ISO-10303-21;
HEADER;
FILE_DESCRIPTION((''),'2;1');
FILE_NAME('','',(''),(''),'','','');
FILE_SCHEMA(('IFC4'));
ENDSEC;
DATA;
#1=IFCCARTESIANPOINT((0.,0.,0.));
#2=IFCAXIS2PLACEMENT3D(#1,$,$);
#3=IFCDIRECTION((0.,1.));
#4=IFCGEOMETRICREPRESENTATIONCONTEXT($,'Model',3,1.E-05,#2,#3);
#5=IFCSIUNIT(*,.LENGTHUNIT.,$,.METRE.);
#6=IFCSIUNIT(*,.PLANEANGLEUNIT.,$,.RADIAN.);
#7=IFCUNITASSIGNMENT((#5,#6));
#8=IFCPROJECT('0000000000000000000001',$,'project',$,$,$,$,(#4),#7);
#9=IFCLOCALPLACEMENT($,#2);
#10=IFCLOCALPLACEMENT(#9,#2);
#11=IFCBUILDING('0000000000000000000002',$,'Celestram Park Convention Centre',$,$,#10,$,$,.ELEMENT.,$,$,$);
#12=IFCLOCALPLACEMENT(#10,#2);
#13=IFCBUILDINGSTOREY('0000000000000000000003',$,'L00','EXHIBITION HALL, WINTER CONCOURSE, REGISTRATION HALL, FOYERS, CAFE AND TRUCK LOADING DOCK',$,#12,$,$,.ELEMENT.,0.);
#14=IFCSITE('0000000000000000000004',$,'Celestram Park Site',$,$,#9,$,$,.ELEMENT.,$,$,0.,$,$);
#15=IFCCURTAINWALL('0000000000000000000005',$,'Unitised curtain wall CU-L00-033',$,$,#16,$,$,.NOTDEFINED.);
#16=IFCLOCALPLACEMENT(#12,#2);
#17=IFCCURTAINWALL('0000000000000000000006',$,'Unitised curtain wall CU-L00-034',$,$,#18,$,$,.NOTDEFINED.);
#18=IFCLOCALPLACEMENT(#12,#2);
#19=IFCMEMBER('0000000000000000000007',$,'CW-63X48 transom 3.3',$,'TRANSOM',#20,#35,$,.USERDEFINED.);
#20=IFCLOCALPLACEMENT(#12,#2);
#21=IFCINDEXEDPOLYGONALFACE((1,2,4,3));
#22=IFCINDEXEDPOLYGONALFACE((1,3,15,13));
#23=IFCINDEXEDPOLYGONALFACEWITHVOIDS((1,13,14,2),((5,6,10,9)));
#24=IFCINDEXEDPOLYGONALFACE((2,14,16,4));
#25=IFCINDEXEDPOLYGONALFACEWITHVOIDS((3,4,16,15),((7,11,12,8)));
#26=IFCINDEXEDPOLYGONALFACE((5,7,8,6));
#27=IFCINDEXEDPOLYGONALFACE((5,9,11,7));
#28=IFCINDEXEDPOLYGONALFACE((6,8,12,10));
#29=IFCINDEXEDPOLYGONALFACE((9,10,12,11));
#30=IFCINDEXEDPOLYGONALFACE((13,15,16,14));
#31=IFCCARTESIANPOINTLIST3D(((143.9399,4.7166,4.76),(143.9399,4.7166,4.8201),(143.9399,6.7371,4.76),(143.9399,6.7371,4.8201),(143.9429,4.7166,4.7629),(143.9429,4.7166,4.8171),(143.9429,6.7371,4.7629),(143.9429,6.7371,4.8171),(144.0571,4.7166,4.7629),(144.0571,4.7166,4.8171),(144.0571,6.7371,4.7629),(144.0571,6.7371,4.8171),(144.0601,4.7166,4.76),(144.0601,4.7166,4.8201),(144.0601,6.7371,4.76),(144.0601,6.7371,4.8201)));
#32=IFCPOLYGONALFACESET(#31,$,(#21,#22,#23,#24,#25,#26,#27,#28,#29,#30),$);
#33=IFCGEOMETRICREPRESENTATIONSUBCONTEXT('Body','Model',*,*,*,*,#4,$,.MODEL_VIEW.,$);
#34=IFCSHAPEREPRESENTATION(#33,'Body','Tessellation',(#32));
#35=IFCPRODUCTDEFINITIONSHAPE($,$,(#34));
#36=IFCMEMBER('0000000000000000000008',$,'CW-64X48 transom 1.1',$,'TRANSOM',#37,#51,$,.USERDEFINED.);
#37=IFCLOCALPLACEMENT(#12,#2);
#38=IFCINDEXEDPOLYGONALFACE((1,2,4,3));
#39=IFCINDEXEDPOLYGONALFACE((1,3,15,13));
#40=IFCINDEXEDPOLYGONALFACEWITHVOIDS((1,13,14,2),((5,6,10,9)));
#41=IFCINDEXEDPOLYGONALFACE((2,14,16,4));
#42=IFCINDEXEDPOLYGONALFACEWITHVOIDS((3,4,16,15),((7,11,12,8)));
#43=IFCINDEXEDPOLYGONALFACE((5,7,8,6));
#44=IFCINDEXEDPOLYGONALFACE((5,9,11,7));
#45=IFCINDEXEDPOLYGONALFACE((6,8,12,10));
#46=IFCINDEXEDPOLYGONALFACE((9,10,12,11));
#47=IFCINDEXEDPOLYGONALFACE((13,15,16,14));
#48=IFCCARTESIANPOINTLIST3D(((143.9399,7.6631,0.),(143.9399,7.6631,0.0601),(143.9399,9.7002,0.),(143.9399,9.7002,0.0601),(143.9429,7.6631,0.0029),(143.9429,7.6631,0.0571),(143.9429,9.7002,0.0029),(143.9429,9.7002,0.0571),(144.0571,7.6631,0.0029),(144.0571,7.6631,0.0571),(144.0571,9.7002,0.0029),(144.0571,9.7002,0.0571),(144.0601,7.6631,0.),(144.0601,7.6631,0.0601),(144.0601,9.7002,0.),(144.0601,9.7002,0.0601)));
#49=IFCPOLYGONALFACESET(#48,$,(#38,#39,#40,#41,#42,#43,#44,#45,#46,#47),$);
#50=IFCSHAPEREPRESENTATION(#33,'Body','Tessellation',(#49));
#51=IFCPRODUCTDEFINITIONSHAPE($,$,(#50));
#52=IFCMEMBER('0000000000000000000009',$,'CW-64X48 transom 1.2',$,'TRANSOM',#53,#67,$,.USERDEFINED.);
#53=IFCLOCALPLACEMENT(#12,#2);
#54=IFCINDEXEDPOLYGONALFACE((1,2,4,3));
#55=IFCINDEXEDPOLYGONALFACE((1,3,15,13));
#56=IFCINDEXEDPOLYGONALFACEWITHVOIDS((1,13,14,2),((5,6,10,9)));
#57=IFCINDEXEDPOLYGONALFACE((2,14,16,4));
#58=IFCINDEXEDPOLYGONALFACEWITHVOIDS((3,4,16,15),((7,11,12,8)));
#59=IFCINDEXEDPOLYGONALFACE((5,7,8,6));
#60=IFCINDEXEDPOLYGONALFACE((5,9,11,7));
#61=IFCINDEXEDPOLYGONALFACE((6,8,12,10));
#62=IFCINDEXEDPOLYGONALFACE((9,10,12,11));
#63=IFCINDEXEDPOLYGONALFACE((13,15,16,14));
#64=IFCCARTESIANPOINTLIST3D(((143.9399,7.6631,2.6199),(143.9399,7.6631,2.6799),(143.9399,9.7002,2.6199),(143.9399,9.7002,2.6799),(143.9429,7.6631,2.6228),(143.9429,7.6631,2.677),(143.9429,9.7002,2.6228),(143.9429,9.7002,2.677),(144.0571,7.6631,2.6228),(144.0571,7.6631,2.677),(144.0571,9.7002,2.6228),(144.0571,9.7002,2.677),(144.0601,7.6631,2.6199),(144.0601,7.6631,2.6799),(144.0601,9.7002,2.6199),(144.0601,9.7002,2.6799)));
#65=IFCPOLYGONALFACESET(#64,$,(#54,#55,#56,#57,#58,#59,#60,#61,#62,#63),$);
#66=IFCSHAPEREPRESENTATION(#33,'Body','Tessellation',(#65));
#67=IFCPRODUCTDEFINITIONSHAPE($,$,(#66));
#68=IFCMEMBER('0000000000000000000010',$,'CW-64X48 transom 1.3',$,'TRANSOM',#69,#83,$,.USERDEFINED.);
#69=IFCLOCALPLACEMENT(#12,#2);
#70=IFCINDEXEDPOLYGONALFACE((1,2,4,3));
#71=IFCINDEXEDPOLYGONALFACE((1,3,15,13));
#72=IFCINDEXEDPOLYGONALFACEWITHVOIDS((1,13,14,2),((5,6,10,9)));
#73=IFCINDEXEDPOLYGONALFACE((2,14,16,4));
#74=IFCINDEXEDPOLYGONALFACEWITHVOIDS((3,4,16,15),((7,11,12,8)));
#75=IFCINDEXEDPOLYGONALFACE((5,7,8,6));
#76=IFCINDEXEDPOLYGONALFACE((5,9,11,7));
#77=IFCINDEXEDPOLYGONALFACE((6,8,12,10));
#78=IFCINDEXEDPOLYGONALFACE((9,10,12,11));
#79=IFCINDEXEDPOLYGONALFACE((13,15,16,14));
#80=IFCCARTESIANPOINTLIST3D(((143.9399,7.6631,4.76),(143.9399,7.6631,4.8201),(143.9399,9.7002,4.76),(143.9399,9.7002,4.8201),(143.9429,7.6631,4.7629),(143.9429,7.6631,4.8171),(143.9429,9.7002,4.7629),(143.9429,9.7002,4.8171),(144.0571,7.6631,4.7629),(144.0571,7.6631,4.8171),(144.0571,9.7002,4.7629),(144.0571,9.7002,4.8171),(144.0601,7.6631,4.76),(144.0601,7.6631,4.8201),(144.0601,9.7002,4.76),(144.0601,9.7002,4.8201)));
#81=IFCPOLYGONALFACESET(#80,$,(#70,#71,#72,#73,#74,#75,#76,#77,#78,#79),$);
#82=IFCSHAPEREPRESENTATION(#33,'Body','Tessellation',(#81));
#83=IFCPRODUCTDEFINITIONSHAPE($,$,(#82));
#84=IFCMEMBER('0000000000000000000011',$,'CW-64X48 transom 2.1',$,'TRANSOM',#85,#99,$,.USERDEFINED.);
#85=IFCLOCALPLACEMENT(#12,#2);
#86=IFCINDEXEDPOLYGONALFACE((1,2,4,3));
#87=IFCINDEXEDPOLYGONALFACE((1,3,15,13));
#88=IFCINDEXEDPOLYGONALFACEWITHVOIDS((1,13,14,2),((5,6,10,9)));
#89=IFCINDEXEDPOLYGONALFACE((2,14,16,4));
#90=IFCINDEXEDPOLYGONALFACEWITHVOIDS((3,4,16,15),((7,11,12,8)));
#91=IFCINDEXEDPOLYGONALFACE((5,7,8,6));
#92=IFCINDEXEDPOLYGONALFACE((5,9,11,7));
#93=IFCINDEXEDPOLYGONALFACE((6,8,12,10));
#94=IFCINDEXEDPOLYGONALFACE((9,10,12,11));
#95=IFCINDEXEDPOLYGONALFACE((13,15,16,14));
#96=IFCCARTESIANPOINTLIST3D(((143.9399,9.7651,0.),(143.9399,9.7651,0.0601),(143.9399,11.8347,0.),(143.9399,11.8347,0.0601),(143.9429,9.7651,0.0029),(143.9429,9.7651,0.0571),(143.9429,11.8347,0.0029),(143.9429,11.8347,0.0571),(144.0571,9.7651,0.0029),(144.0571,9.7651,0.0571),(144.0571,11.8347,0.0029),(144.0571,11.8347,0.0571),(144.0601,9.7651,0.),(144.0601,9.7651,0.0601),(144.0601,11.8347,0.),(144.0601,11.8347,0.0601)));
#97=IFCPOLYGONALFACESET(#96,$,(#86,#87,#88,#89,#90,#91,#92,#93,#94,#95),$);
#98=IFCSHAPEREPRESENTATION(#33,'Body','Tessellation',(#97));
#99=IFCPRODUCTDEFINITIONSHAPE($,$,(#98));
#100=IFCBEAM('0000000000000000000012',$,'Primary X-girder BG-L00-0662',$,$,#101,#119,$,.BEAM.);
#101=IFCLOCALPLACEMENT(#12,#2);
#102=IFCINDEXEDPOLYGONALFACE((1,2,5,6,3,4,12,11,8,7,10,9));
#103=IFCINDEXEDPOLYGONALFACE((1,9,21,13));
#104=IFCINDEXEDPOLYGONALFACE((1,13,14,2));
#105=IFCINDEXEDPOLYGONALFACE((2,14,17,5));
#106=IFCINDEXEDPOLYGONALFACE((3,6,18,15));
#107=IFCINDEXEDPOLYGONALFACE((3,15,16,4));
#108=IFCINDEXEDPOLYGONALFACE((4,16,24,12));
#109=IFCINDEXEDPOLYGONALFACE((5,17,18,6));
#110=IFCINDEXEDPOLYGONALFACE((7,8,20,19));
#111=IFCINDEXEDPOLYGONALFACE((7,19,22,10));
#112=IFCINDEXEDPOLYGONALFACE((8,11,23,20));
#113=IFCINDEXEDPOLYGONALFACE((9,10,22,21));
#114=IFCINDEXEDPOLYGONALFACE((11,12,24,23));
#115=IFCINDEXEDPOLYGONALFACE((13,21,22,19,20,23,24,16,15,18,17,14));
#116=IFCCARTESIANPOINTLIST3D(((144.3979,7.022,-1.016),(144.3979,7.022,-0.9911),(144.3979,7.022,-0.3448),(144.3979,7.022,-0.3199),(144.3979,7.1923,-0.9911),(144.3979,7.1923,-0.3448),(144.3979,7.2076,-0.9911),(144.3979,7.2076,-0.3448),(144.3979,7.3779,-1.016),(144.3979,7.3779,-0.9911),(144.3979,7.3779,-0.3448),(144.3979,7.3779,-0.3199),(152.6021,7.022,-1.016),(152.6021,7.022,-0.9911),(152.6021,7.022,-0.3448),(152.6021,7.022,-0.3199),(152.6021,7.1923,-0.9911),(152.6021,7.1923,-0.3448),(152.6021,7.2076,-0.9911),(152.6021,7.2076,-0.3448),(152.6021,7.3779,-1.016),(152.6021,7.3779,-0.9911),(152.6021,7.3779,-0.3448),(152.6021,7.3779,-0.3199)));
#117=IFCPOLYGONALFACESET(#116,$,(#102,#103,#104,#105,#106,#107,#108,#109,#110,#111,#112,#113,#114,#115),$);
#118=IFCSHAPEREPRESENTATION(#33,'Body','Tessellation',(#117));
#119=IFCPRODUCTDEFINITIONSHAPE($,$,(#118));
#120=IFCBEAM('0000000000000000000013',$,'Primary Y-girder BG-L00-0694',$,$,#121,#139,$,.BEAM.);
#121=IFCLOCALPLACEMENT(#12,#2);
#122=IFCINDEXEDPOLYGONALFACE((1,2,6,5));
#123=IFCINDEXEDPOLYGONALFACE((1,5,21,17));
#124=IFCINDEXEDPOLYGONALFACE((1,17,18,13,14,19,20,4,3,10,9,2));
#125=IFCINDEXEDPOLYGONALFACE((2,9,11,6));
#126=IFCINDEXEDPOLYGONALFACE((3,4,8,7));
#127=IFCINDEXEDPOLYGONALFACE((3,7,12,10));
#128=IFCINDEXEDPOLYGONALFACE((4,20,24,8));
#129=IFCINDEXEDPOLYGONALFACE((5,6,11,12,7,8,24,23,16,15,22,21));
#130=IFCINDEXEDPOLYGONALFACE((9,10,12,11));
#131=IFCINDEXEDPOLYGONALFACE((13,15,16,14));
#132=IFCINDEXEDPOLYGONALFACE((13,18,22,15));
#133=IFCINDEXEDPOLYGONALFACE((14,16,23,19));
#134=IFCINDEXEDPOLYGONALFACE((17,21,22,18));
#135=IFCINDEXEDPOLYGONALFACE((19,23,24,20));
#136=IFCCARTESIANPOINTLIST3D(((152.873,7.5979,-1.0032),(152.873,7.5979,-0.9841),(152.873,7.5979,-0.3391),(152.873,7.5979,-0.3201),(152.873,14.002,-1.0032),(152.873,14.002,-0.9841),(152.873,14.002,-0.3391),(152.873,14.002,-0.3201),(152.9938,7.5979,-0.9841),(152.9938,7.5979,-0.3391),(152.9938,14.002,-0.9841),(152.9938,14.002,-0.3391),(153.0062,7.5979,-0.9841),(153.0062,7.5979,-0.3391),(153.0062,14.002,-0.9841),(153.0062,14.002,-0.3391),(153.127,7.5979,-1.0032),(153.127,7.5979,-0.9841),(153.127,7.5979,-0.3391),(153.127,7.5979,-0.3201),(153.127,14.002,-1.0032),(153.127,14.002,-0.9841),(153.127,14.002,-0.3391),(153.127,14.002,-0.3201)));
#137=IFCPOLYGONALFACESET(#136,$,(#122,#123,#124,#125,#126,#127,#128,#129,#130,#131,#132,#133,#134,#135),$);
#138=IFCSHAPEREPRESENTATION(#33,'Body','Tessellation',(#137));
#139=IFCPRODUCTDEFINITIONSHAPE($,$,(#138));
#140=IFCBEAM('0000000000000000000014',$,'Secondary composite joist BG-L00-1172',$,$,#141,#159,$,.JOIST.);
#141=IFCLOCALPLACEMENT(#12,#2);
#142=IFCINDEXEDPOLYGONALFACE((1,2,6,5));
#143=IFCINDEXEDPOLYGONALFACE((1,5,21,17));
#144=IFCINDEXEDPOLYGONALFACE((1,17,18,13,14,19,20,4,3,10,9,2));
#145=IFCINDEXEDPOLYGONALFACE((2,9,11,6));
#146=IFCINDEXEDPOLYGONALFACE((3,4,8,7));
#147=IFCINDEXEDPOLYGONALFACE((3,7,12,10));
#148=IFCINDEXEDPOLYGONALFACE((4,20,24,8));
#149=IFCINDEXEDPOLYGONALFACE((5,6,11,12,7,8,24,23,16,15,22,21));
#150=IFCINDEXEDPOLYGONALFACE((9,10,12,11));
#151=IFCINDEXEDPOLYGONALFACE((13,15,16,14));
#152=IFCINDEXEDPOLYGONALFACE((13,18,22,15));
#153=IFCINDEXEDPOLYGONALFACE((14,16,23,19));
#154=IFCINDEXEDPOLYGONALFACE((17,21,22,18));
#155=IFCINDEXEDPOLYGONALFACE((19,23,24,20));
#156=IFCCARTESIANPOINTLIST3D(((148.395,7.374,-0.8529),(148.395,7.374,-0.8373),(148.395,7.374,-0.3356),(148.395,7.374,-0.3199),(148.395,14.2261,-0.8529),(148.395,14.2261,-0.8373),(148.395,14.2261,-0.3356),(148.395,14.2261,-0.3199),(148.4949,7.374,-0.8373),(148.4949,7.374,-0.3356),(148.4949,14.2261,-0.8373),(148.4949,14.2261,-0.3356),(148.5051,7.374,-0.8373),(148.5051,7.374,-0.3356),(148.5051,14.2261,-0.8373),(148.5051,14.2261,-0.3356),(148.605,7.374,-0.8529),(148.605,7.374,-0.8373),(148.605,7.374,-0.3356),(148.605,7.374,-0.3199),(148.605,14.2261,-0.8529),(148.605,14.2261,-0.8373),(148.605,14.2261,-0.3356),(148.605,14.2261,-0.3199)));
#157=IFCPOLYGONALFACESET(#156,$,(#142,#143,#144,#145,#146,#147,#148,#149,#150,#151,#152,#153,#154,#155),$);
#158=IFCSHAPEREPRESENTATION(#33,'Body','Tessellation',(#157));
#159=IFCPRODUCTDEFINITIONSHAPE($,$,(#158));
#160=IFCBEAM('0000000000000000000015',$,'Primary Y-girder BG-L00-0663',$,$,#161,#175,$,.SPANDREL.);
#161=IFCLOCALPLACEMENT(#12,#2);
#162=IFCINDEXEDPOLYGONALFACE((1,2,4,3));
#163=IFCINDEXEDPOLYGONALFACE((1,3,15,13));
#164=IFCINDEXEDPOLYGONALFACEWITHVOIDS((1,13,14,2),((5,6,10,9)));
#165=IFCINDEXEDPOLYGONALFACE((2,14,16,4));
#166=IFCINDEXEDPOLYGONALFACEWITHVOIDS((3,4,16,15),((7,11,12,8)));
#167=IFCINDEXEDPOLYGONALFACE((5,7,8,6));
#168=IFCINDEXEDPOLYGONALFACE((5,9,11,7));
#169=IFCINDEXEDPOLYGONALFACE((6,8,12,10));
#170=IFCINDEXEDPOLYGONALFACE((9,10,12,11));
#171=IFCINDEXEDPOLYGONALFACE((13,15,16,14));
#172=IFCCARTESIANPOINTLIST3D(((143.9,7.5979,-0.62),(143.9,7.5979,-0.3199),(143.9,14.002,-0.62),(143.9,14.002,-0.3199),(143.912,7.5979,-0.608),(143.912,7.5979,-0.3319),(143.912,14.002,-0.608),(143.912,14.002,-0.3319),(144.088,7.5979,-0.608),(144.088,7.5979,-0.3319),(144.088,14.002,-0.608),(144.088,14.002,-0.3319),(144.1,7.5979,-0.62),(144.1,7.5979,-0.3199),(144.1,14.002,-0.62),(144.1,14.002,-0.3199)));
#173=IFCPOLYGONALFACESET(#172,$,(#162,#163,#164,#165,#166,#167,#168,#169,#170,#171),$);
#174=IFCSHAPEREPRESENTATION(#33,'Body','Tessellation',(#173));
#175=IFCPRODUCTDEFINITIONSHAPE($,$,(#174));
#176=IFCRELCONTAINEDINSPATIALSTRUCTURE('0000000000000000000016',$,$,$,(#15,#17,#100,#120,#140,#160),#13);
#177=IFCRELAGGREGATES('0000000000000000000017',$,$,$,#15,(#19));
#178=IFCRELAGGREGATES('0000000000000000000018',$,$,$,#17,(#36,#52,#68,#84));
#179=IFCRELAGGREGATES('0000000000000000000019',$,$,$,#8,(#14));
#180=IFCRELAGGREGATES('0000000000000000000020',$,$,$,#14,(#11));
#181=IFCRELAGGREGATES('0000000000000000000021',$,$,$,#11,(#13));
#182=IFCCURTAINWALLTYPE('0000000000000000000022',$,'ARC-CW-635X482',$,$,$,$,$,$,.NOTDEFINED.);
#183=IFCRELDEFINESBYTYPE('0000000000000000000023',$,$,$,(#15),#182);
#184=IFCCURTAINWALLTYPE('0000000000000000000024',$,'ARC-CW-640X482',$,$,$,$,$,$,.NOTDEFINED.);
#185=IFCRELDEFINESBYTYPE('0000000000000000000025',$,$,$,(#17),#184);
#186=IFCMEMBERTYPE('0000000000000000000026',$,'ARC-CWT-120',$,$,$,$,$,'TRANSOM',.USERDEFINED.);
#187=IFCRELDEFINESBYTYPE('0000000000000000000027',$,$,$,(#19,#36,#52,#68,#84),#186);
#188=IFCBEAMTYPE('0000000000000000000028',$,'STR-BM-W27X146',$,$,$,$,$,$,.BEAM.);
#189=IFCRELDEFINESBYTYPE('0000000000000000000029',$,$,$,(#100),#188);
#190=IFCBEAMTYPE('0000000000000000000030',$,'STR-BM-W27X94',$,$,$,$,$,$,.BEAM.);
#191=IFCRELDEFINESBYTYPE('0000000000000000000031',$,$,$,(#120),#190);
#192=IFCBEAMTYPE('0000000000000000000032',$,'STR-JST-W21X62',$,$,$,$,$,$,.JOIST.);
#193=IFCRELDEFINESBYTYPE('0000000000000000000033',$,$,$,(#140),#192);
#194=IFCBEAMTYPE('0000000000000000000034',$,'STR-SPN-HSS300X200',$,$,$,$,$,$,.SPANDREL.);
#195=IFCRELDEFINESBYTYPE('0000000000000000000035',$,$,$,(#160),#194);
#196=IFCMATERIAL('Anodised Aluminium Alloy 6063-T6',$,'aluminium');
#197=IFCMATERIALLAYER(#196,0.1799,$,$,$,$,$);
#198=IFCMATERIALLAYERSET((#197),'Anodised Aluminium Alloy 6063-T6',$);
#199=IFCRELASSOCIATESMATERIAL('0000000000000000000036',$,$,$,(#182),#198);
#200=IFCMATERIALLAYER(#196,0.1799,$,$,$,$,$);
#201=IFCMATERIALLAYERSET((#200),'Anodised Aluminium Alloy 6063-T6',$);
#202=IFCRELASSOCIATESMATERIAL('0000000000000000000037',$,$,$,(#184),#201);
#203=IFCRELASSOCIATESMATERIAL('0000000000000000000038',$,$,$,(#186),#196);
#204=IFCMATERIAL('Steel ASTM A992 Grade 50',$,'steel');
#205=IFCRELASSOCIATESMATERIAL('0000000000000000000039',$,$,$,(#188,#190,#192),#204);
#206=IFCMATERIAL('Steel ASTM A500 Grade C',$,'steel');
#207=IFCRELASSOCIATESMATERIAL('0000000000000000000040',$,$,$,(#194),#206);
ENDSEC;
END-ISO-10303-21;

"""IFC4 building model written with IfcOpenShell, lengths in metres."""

from ifc_helpers import new_model, si_unit, direction, frame, origin, origin_2d, place, context, subcontext, project, spatial, hollow_rectangle, i_section, extrude, material, layer, layer_set, material_profile, profile_set, type_object, element, aggregate, save


model = new_model("IFC4")

# Units and contexts
model_context = context("Model", 3, precision=1e-05, world=origin(), true_north=direction((0.0, 1.0)))
body_context = subcontext(model_context, "Body", "Model", "MODEL_VIEW")
ifc_project = project(units=[si_unit("LENGTHUNIT", "METRE"), si_unit("PLANEANGLEUNIT", "RADIAN")], contexts=[model_context])

# Site, building, storey
site_placement = place(None, origin())
site = spatial("IfcSite", under=ifc_project, at=site_placement, Name="Celestram Park Site", CompositionType="ELEMENT", RefElevation=0.0)
building_placement = place(site_placement, origin())
building = spatial("IfcBuilding", under=site, at=building_placement, Name="Celestram Park Convention Centre", CompositionType="ELEMENT")
storey_placement = place(building_placement, origin())
storey = spatial("IfcBuildingStorey", under=building, at=storey_placement, Name="L00", Description="EXHIBITION HALL, WINTER CONCOURSE, REGISTRATION HALL, FOYERS, CAFE AND TRUCK LOADING DOCK", CompositionType="ELEMENT", Elevation=0.0)

# Curtain walls
ifc_material_1 = material(Name="Anodised Aluminium Alloy 6063-T6", Category="aluminium")
ifc_layer_1 = layer(ifc_material_1, 0.1799)
ifc_layer_set_1 = layer_set([ifc_layer_1], Name="Anodised Aluminium Alloy 6063-T6")
curtain_wall_type_1 = type_object("IfcCurtainWallType", Name="ARC-CW-635X482", PredefinedType="NOTDEFINED", material=ifc_layer_set_1)
curtain_wall_1_placement = place(storey_placement, origin())
curtain_wall_1 = element("IfcCurtainWall", 1, at=curtain_wall_1_placement, inside=storey, type_object=curtain_wall_type_1, Name="Unitised curtain wall CU-L00-033", PredefinedType="NOTDEFINED")
ifc_layer_2 = layer(ifc_material_1, 0.1799)
ifc_layer_set_2 = layer_set([ifc_layer_2], Name="Anodised Aluminium Alloy 6063-T6")
curtain_wall_type_2 = type_object("IfcCurtainWallType", Name="ARC-CW-640X482", PredefinedType="NOTDEFINED", material=ifc_layer_set_2)
curtain_wall_2_placement = place(storey_placement, origin())
curtain_wall_2 = element("IfcCurtainWall", 2, at=curtain_wall_2_placement, inside=storey, type_object=curtain_wall_type_2, Name="Unitised curtain wall CU-L00-034", PredefinedType="NOTDEFINED")

# Members
ifc_material_profile_1 = material_profile(ifc_material_1, hollow_rectangle(XDim=0.1201, YDim=0.0601, WallThickness=0.0029, at=origin_2d()), Name="ALU120X60X3")
ifc_profile_set_1 = profile_set([ifc_material_profile_1], Name="Anodised Aluminium Alloy 6063-T6")
member_type_1 = type_object("IfcMemberType", Name="ARC-CWT-120", ElementType="TRANSOM", PredefinedType="USERDEFINED", material=ifc_profile_set_1)
member_1_placement = place(storey_placement, frame((144.0, 4.7166, 4.79), z_axis=(0.0, 1.0, 0.0), x_axis=(-1.0, 0.0, 0.0)))
member_1 = element("IfcMember", 3, at=member_1_placement, type_object=member_type_1, Name="CW-63X48 transom 3.3", ObjectType="TRANSOM", PredefinedType="USERDEFINED", context=body_context, shape_type="SweptSolid", body=[
    extrude(hollow_rectangle(XDim=0.1201, YDim=0.0601, WallThickness=0.0029, at=origin_2d()), origin(), (0.0, 0.0, 1.0), 2.0205),
])
member_2_placement = place(storey_placement, frame((144.0, 7.6631, 0.03), z_axis=(0.0, 1.0, 0.0), x_axis=(-1.0, 0.0, 0.0)))
member_2 = element("IfcMember", 4, at=member_2_placement, type_object=member_type_1, Name="CW-64X48 transom 1.1", ObjectType="TRANSOM", PredefinedType="USERDEFINED", context=body_context, shape_type="SweptSolid", body=[
    extrude(hollow_rectangle(XDim=0.1201, YDim=0.0601, WallThickness=0.0029, at=origin_2d()), origin(), (0.0, 0.0, 1.0), 2.0371),
])
member_3_placement = place(storey_placement, frame((144.0, 7.6631, 2.6499), z_axis=(0.0, 1.0, 0.0), x_axis=(-1.0, 0.0, 0.0)))
member_3 = element("IfcMember", 5, at=member_3_placement, type_object=member_type_1, Name="CW-64X48 transom 1.2", ObjectType="TRANSOM", PredefinedType="USERDEFINED", context=body_context, shape_type="SweptSolid", body=[
    extrude(hollow_rectangle(XDim=0.1201, YDim=0.0601, WallThickness=0.0029, at=origin_2d()), origin(), (0.0, 0.0, 1.0), 2.0371),
])
member_4_placement = place(storey_placement, frame((144.0, 7.6631, 4.79), z_axis=(0.0, 1.0, 0.0), x_axis=(-1.0, 0.0, 0.0)))
member_4 = element("IfcMember", 6, at=member_4_placement, type_object=member_type_1, Name="CW-64X48 transom 1.3", ObjectType="TRANSOM", PredefinedType="USERDEFINED", context=body_context, shape_type="SweptSolid", body=[
    extrude(hollow_rectangle(XDim=0.1201, YDim=0.0601, WallThickness=0.0029, at=origin_2d()), origin(), (0.0, 0.0, 1.0), 2.0371),
])
member_5_placement = place(storey_placement, frame((144.0, 9.7651, 0.03), z_axis=(0.0, 1.0, 0.0), x_axis=(-1.0, 0.0, 0.0)))
member_5 = element("IfcMember", 7, at=member_5_placement, type_object=member_type_1, Name="CW-64X48 transom 2.1", ObjectType="TRANSOM", PredefinedType="USERDEFINED", context=body_context, shape_type="SweptSolid", body=[
    extrude(hollow_rectangle(XDim=0.1201, YDim=0.0601, WallThickness=0.0029, at=origin_2d()), origin(), (0.0, 0.0, 1.0), 2.0696),
])

# Beams
ifc_material_2 = material(Name="Steel ASTM A992 Grade 50", Category="steel")
ifc_material_profile_2 = material_profile(ifc_material_2, i_section(OverallWidth=0.356, OverallDepth=0.696, WebThickness=0.0154, FlangeThickness=0.0249, at=origin_2d()), Name="W27X146")
ifc_profile_set_2 = profile_set([ifc_material_profile_2], Name="Steel ASTM A992 Grade 50")
beam_type_1 = type_object("IfcBeamType", Name="STR-BM-W27X146", PredefinedType="BEAM", material=ifc_profile_set_2)
beam_1_placement = place(storey_placement, frame((144.3979, 7.2, -0.668), z_axis=(1.0, 0.0, 0.0), x_axis=(0.0, 1.0, 0.0)))
element("IfcBeam", 8, at=beam_1_placement, inside=storey, type_object=beam_type_1, Name="Primary X-girder BG-L00-0662", PredefinedType="BEAM", context=body_context, shape_type="SweptSolid", body=[
    extrude(i_section(OverallWidth=0.356, OverallDepth=0.696, WebThickness=0.0154, FlangeThickness=0.0249, at=origin_2d()), origin(), (0.0, 0.0, 1.0), 8.2041),
])
ifc_material_profile_3 = material_profile(ifc_material_2, i_section(OverallWidth=0.2539, OverallDepth=0.6831, WebThickness=0.0125, FlangeThickness=0.019, at=origin_2d()), Name="W27X94")
ifc_profile_set_3 = profile_set([ifc_material_profile_3], Name="Steel ASTM A992 Grade 50")
beam_type_2 = type_object("IfcBeamType", Name="STR-BM-W27X94", PredefinedType="BEAM", material=ifc_profile_set_3)
beam_2_placement = place(storey_placement, frame((153.0, 7.5979, -0.6616), z_axis=(0.0, 1.0, 0.0), x_axis=(-1.0, 0.0, 0.0)))
element("IfcBeam", 9, at=beam_2_placement, inside=storey, type_object=beam_type_2, Name="Primary Y-girder BG-L00-0694", PredefinedType="BEAM", context=body_context, shape_type="SweptSolid", body=[
    extrude(i_section(OverallWidth=0.2539, OverallDepth=0.6831, WebThickness=0.0125, FlangeThickness=0.019, at=origin_2d()), origin(), (0.0, 0.0, 1.0), 6.4041),
])
ifc_material_profile_4 = material_profile(ifc_material_2, i_section(OverallWidth=0.21, OverallDepth=0.533, WebThickness=0.0103, FlangeThickness=0.0156, at=origin_2d()), Name="W21X62")
ifc_profile_set_4 = profile_set([ifc_material_profile_4], Name="Steel ASTM A992 Grade 50")
beam_type_3 = type_object("IfcBeamType", Name="STR-JST-W21X62", PredefinedType="JOIST", material=ifc_profile_set_4)
beam_3_placement = place(storey_placement, frame((148.5, 7.374, -0.5864), z_axis=(0.0, 1.0, 0.0), x_axis=(-1.0, 0.0, 0.0)))
element("IfcBeam", 10, at=beam_3_placement, inside=storey, type_object=beam_type_3, Name="Secondary composite joist BG-L00-1172", PredefinedType="JOIST", context=body_context, shape_type="SweptSolid", body=[
    extrude(i_section(OverallWidth=0.21, OverallDepth=0.533, WebThickness=0.0103, FlangeThickness=0.0156, at=origin_2d()), origin(), (0.0, 0.0, 1.0), 6.8521),
])
ifc_material_3 = material(Name="Steel ASTM A500 Grade C", Category="steel")
ifc_material_profile_5 = material_profile(ifc_material_3, hollow_rectangle(XDim=0.2, YDim=0.3, WallThickness=0.012, at=origin_2d()), Name="HSS300X200X12")
ifc_profile_set_5 = profile_set([ifc_material_profile_5], Name="Steel ASTM A500 Grade C")
beam_type_4 = type_object("IfcBeamType", Name="STR-SPN-HSS300X200", PredefinedType="SPANDREL", material=ifc_profile_set_5)
beam_4_placement = place(storey_placement, frame((144.0, 7.5979, -0.47), z_axis=(0.0, 1.0, 0.0), x_axis=(-1.0, 0.0, 0.0)))
element("IfcBeam", 11, at=beam_4_placement, inside=storey, type_object=beam_type_4, Name="Primary Y-girder BG-L00-0663", PredefinedType="SPANDREL", context=body_context, shape_type="SweptSolid", body=[
    extrude(hollow_rectangle(XDim=0.2, YDim=0.3, WallThickness=0.012, at=origin_2d()), origin(), (0.0, 0.0, 1.0), 6.4041),
])

aggregate(curtain_wall_1, [member_1])
aggregate(curtain_wall_2, [member_2, member_3, member_4, member_5])

save(model, "model.ifc")
